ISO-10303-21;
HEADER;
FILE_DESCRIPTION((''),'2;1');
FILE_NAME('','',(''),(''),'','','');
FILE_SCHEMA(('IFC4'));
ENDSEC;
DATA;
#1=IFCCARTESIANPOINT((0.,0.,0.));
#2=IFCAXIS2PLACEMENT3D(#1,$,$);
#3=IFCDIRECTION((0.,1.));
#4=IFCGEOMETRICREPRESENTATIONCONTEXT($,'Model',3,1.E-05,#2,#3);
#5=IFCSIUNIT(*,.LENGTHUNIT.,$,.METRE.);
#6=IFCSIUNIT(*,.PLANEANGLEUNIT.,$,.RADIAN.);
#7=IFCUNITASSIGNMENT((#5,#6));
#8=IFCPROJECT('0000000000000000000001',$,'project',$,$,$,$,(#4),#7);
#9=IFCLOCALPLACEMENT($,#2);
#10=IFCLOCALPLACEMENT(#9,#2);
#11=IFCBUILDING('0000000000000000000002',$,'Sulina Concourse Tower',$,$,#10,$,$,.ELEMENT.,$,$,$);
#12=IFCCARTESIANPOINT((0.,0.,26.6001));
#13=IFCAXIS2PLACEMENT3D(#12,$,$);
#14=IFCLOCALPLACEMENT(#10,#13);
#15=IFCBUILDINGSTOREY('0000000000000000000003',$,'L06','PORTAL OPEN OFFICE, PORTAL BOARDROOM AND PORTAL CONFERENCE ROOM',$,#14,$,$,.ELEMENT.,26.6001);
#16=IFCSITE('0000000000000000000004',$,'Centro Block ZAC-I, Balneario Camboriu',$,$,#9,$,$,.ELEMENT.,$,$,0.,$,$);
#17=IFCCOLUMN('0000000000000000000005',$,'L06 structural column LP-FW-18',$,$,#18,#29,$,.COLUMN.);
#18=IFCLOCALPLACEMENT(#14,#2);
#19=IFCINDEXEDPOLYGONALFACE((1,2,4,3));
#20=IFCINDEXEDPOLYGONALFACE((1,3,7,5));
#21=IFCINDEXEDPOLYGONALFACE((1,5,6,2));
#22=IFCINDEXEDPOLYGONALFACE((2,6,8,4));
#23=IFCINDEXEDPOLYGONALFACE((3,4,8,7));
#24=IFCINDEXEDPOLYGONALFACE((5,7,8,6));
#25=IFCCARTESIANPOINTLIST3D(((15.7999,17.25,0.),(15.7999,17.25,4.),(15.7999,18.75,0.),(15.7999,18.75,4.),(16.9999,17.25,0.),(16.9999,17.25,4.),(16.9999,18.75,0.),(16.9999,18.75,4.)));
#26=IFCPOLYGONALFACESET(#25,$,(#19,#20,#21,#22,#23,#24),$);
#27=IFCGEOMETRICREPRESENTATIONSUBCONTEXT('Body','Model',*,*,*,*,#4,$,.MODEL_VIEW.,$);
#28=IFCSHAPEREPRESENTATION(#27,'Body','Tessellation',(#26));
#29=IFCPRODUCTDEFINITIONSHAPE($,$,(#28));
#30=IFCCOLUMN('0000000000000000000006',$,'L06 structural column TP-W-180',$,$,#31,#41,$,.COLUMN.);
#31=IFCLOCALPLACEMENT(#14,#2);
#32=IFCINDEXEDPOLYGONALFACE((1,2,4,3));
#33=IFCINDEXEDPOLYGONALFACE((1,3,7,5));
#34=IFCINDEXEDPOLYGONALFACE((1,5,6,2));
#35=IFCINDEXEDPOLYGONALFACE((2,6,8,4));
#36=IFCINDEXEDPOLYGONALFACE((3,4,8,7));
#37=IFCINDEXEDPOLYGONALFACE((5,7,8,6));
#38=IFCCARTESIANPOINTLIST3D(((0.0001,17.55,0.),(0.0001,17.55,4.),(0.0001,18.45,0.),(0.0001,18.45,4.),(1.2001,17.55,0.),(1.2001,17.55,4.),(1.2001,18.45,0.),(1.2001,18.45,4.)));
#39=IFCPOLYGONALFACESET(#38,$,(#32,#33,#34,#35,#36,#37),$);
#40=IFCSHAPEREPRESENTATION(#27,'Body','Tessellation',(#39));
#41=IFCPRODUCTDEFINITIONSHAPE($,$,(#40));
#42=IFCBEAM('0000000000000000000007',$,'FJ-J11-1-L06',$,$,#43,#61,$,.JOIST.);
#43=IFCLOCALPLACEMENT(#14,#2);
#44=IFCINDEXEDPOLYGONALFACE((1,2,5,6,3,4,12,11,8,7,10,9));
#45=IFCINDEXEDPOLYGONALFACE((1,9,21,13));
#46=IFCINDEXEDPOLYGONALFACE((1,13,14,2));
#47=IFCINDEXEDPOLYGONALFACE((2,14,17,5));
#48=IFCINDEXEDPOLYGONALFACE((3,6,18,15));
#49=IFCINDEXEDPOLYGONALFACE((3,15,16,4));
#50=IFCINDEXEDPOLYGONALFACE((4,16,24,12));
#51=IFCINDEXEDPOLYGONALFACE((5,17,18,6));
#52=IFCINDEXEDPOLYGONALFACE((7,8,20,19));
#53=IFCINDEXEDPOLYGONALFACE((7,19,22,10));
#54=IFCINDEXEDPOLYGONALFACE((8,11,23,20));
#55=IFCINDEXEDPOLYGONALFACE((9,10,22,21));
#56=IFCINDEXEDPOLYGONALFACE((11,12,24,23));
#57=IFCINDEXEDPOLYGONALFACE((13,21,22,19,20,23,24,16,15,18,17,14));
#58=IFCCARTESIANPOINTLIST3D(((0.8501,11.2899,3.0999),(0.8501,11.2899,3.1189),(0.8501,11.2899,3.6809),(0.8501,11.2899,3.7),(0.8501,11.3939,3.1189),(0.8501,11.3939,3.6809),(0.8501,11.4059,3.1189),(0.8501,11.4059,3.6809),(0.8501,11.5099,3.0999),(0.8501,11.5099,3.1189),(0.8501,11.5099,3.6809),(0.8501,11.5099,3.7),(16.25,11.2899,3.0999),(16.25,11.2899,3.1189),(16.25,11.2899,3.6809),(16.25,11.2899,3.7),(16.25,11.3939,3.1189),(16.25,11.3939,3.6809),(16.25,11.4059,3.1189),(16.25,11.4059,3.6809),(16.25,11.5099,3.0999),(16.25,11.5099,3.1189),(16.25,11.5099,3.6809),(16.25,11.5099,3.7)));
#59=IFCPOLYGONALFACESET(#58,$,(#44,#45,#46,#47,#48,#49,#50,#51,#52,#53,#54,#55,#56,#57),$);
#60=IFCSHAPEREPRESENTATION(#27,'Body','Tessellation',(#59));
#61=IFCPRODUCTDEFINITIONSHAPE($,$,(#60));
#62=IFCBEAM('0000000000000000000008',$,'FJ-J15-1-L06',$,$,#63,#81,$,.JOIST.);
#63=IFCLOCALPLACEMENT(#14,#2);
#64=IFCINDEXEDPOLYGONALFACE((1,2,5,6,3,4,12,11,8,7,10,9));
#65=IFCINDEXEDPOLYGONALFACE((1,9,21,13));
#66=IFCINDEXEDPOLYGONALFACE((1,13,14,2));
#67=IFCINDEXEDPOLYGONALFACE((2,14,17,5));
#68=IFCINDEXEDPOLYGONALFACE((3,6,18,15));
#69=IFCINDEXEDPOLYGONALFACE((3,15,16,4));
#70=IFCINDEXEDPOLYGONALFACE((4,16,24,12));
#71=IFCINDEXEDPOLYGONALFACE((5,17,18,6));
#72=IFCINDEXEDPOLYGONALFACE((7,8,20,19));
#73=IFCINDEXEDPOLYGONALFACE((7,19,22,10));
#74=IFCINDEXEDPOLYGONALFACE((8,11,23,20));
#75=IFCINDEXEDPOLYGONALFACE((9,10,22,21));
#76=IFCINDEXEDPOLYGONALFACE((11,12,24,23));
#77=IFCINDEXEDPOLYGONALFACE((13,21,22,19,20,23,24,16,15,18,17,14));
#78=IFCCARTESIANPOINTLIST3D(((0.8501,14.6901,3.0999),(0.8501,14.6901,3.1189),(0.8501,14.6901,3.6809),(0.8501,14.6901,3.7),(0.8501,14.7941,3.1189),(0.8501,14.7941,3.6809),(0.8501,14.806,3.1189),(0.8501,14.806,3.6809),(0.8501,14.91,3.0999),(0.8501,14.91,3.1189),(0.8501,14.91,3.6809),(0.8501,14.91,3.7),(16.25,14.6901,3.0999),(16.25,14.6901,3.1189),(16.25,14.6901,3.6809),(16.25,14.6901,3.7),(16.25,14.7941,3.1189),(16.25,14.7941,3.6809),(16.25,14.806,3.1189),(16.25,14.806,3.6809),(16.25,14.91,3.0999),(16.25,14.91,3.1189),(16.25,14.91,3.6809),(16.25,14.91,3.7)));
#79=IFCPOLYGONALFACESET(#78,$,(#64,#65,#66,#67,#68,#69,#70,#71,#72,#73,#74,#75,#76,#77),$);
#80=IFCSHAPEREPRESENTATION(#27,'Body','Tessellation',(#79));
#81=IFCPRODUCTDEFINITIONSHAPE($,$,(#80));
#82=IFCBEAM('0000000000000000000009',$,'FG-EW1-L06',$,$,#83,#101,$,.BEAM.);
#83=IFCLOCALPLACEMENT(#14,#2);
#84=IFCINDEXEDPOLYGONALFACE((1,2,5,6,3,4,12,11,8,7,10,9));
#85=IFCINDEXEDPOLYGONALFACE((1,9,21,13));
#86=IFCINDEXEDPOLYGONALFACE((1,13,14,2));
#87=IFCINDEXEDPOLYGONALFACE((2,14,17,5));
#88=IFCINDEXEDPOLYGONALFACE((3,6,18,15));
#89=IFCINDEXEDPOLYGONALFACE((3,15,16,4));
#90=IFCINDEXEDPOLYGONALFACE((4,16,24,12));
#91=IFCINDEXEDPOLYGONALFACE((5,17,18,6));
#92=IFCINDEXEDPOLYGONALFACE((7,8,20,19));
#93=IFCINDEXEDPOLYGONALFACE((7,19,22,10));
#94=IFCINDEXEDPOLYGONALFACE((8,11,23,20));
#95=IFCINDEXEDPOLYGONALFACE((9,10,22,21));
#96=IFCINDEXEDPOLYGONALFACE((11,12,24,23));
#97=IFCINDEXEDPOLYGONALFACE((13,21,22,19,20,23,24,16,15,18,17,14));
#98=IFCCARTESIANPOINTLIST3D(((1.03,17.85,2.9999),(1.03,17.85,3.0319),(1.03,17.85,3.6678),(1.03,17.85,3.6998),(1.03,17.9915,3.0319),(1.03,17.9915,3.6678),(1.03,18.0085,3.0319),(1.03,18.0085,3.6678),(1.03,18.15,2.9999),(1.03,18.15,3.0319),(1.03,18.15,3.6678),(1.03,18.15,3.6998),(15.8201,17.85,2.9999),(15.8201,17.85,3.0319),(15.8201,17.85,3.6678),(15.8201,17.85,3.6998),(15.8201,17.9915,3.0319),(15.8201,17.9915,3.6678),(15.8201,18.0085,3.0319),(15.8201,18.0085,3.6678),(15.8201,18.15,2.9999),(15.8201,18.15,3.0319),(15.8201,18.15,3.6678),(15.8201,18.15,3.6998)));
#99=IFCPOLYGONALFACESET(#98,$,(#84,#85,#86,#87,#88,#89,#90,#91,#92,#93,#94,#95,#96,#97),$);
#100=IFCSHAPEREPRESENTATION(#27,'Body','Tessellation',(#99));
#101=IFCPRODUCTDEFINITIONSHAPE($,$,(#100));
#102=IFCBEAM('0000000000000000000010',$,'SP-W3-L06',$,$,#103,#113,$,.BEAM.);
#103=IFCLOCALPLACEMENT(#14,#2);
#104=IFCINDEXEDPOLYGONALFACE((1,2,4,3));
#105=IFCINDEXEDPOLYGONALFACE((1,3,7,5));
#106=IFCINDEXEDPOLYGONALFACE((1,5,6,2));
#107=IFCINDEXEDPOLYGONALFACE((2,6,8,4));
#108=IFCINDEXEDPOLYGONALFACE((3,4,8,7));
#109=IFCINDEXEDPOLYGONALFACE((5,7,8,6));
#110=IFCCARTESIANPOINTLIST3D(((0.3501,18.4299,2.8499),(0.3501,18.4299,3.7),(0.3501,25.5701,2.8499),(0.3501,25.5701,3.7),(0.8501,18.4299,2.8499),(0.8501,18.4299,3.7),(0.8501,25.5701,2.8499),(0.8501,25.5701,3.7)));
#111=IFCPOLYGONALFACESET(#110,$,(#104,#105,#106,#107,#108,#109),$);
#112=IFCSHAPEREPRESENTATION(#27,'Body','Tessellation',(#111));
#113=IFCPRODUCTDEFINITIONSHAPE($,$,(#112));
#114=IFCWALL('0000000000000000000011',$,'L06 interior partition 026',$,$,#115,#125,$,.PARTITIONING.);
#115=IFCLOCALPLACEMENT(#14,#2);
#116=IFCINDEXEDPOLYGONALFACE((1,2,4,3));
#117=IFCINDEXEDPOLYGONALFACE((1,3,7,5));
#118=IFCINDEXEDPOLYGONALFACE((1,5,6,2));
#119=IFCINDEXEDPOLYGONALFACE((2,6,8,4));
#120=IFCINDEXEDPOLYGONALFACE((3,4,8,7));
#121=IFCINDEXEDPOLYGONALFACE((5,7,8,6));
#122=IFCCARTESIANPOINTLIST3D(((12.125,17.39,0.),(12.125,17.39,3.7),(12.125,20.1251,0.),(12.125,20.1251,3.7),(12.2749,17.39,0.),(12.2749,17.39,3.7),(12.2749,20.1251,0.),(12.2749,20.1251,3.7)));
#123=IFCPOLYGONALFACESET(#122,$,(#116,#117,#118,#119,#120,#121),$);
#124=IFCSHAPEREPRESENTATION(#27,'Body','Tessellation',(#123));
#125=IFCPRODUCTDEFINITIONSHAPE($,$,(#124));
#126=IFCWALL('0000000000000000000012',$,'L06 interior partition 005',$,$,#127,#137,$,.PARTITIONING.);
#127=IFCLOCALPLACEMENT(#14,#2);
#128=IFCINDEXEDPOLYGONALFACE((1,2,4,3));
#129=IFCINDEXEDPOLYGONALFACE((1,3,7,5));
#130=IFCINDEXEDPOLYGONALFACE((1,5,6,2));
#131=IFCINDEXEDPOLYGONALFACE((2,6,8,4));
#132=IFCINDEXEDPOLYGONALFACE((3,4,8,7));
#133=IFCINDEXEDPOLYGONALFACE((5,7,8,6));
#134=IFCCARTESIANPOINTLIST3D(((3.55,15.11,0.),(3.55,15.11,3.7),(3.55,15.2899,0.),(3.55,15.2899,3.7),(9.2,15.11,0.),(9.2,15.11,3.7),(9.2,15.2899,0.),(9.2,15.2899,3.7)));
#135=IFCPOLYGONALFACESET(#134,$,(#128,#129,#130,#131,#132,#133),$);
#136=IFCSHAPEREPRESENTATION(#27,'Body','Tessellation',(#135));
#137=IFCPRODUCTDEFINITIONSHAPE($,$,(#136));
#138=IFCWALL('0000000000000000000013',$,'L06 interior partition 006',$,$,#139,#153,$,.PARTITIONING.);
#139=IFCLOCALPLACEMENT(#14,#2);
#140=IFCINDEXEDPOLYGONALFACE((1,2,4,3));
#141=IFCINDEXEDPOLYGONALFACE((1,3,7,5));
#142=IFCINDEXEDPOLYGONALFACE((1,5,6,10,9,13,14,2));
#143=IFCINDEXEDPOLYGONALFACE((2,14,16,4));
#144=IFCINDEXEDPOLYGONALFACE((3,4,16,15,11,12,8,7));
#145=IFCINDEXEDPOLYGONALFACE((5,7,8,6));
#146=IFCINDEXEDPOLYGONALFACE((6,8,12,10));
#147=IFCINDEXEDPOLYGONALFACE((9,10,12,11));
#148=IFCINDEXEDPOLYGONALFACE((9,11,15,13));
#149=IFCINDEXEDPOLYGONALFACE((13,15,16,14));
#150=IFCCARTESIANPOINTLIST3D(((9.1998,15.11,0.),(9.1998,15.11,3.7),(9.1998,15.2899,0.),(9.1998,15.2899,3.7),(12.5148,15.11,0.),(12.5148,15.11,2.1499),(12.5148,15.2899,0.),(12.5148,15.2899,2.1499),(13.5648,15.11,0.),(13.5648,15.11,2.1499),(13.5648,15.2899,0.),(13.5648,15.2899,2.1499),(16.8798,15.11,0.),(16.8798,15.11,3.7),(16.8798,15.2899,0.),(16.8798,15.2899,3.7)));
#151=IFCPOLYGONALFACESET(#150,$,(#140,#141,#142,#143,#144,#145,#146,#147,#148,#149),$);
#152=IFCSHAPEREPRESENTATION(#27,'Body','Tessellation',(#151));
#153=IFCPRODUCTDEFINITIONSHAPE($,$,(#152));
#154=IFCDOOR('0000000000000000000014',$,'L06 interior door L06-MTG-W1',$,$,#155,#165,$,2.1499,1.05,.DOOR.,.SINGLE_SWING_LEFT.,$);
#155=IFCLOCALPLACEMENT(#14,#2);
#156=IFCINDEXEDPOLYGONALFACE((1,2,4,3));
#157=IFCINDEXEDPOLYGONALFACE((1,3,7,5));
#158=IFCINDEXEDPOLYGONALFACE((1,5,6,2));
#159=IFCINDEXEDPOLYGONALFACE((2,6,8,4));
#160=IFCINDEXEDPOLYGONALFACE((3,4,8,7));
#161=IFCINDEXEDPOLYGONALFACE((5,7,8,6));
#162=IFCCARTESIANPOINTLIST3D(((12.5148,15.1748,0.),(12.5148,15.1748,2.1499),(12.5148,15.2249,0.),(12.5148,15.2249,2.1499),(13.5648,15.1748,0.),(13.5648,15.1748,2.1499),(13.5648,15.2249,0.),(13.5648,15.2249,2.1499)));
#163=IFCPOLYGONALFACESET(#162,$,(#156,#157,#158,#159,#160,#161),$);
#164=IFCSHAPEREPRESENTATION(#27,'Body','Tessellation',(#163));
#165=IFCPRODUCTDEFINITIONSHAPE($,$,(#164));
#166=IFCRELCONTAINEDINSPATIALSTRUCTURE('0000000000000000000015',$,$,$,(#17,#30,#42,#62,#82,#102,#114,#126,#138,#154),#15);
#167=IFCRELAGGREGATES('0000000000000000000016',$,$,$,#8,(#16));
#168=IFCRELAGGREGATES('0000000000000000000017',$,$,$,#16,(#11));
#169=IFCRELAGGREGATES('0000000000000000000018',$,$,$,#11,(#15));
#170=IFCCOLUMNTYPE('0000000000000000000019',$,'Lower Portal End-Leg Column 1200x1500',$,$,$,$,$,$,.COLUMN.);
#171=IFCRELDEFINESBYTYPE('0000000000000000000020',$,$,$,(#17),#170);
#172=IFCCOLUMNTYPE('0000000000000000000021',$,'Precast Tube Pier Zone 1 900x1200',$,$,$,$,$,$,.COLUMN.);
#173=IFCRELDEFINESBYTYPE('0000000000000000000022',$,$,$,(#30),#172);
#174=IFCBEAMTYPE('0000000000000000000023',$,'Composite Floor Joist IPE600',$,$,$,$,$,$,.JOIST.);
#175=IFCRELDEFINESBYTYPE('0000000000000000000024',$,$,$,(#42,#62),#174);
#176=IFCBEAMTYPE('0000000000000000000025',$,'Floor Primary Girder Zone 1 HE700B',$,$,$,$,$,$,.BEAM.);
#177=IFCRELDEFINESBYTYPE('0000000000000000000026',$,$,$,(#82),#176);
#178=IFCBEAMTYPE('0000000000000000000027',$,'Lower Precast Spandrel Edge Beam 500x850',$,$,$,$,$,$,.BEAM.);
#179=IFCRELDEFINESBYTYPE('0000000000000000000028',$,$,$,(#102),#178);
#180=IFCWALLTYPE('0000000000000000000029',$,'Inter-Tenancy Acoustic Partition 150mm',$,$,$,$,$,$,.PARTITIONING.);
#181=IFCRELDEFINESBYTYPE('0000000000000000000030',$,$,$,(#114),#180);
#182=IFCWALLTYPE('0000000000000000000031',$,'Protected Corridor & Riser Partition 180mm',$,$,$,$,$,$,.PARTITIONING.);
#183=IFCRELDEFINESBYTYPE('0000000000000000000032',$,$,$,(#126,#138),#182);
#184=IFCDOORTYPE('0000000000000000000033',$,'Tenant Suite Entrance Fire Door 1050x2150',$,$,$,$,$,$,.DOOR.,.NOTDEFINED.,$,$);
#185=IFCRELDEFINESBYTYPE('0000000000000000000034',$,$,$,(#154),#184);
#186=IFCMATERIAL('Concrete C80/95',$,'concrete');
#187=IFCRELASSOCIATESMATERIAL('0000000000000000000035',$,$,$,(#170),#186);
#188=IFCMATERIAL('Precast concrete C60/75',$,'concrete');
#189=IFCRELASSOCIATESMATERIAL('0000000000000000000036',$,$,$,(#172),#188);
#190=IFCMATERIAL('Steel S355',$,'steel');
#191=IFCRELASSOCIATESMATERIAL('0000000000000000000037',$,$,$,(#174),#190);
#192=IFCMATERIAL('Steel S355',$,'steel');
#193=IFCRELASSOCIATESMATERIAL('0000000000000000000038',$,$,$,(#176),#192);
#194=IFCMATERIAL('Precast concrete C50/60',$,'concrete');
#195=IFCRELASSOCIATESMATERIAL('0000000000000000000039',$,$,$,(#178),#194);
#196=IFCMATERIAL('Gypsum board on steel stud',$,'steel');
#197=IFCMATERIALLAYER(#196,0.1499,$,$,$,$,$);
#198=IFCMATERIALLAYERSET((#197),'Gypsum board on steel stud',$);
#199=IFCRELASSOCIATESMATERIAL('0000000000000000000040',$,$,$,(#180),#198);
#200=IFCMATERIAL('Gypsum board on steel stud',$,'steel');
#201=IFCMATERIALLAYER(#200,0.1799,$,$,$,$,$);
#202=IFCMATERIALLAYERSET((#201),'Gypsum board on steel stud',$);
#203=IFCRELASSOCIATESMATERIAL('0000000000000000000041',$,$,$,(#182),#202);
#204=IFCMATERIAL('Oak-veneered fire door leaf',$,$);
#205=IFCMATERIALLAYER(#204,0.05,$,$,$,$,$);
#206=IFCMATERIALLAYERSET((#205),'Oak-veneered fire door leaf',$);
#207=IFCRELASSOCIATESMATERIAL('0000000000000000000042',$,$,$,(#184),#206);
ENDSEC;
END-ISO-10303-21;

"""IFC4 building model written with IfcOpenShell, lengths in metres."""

from ifc_helpers import new_model, si_unit, direction, frame, frame_2d, origin, origin_2d, place, context, subcontext, project, spatial, rectangle, i_section, extrude, material, layer, layer_set, material_profile, profile_set, type_object, element, fill, save


model = new_model("IFC4")

# Units and contexts
model_context = context("Model", 3, precision=1e-05, world=origin(), true_north=direction((0.0, 1.0)))
body_context = subcontext(model_context, "Body", "Model", "MODEL_VIEW")
ifc_project = project(units=[si_unit("LENGTHUNIT", "METRE"), si_unit("PLANEANGLEUNIT", "RADIAN")], contexts=[model_context])

# Site, building, storey
site_placement = place(None, origin())
site = spatial("IfcSite", under=ifc_project, at=site_placement, Name="Centro Block ZAC-I, Balneario Camboriu", CompositionType="ELEMENT", RefElevation=0.0)
building_placement = place(site_placement, origin())
building = spatial("IfcBuilding", under=site, at=building_placement, Name="Sulina Concourse Tower", CompositionType="ELEMENT")
storey_placement = place(building_placement, frame((0.0, 0.0, 26.6001)))
storey = spatial("IfcBuildingStorey", under=building, at=storey_placement, Name="L06", Description="PORTAL OPEN OFFICE, PORTAL BOARDROOM AND PORTAL CONFERENCE ROOM", CompositionType="ELEMENT", Elevation=26.6001)

# Columns
ifc_material_1 = material(Name="Concrete C80/95", Category="concrete")
ifc_material_profile_1 = material_profile(ifc_material_1, rectangle(XDim=1.2, YDim=1.5, at=origin_2d()), Name="RC 1200x1500")
ifc_profile_set_1 = profile_set([ifc_material_profile_1], Name="Concrete C80/95")
column_type_1 = type_object("IfcColumnType", Name="Lower Portal End-Leg Column 1200x1500", PredefinedType="COLUMN", material=ifc_profile_set_1)
column_1_placement = place(storey_placement, frame((16.3999, 18.0, 0.0), z_axis=(0.0, 0.0, 1.0), x_axis=(1.0, 0.0, 0.0)))
element("IfcColumn", 1, at=column_1_placement, inside=storey, type_object=column_type_1, Name="L06 structural column LP-FW-18", PredefinedType="COLUMN", context=body_context, shape_type="SweptSolid", body=[
    extrude(rectangle(XDim=1.2, YDim=1.5, at=origin_2d()), origin(), (0.0, 0.0, 1.0), 4.0),
])
ifc_material_2 = material(Name="Precast concrete C60/75", Category="concrete")
ifc_material_profile_2 = material_profile(ifc_material_2, rectangle(XDim=0.8999, YDim=1.2, at=origin_2d()), Name="PC 900x1200")
ifc_profile_set_2 = profile_set([ifc_material_profile_2], Name="Precast concrete C60/75")
column_type_2 = type_object("IfcColumnType", Name="Precast Tube Pier Zone 1 900x1200", PredefinedType="COLUMN", material=ifc_profile_set_2)
column_2_placement = place(storey_placement, frame((0.6001, 18.0, 0.0), z_axis=(0.0, 0.0, 1.0), x_axis=(0.0, 1.0, 0.0)))
element("IfcColumn", 2, at=column_2_placement, inside=storey, type_object=column_type_2, Name="L06 structural column TP-W-180", PredefinedType="COLUMN", context=body_context, shape_type="SweptSolid", body=[
    extrude(rectangle(XDim=0.8999, YDim=1.2, at=origin_2d()), origin(), (0.0, 0.0, 1.0), 4.0),
])

# Beams
ifc_material_3 = material(Name="Steel S355", Category="steel")
ifc_material_profile_3 = material_profile(ifc_material_3, i_section(OverallWidth=0.22, OverallDepth=0.6001, WebThickness=0.012, FlangeThickness=0.019, at=origin_2d()), Name="IPE 600")
ifc_profile_set_3 = profile_set([ifc_material_profile_3], Name="Steel S355")
beam_type_1 = type_object("IfcBeamType", Name="Composite Floor Joist IPE600", PredefinedType="JOIST", material=ifc_profile_set_3)
for number, where, z_axis, x_axis, name in (
    (3, (0.8501, 11.3999, 3.3999), (1.0, 0.0, 0.0), (0.0, 1.0, 0.0), "FJ-J11-1-L06"),
    (4, (0.8501, 14.8, 3.3999), (1.0, 0.0, 0.0), (0.0, 1.0, 0.0), "FJ-J15-1-L06"),
):
    element("IfcBeam", number, at=place(storey_placement, frame(where, z_axis=z_axis, x_axis=x_axis)), inside=storey, type_object=beam_type_1, Name=name, PredefinedType="JOIST", context=body_context, shape_type="SweptSolid", body=[
        extrude(i_section(OverallWidth=0.22, OverallDepth=0.6001, WebThickness=0.012, FlangeThickness=0.019, at=origin_2d()), origin(), (0.0, 0.0, 1.0), 15.3999),
    ])
ifc_material_4 = material(Name="Steel S355", Category="steel")
ifc_material_profile_4 = material_profile(ifc_material_4, i_section(OverallWidth=0.3, OverallDepth=0.7, WebThickness=0.0171, FlangeThickness=0.032, at=origin_2d()), Name="HE 700 B")
ifc_profile_set_4 = profile_set([ifc_material_profile_4], Name="Steel S355")
beam_type_2 = type_object("IfcBeamType", Name="Floor Primary Girder Zone 1 HE700B", PredefinedType="BEAM", material=ifc_profile_set_4)
beam_1_placement = place(storey_placement, frame((1.03, 18.0, 3.3499), z_axis=(1.0, 0.0, 0.0), x_axis=(0.0, 1.0, 0.0)))
element("IfcBeam", 5, at=beam_1_placement, inside=storey, type_object=beam_type_2, Name="FG-EW1-L06", PredefinedType="BEAM", context=body_context, shape_type="SweptSolid", body=[
    extrude(i_section(OverallWidth=0.3, OverallDepth=0.7, WebThickness=0.0171, FlangeThickness=0.032, at=origin_2d()), origin(), (0.0, 0.0, 1.0), 14.79),
])
ifc_material_5 = material(Name="Precast concrete C50/60", Category="concrete")
ifc_material_profile_5 = material_profile(ifc_material_5, rectangle(XDim=0.5, YDim=0.8501, at=origin_2d()), Name="RC 500x850")
ifc_profile_set_5 = profile_set([ifc_material_profile_5], Name="Precast concrete C50/60")
beam_type_3 = type_object("IfcBeamType", Name="Lower Precast Spandrel Edge Beam 500x850", PredefinedType="BEAM", material=ifc_profile_set_5)
beam_2_placement = place(storey_placement, frame((0.6001, 18.4299, 3.2749), z_axis=(0.0, 1.0, 0.0), x_axis=(-1.0, 0.0, 0.0)))
element("IfcBeam", 6, at=beam_2_placement, inside=storey, type_object=beam_type_3, Name="SP-W3-L06", PredefinedType="BEAM", context=body_context, shape_type="SweptSolid", body=[
    extrude(rectangle(XDim=0.5, YDim=0.8501, at=origin_2d()), origin(), (0.0, 0.0, 1.0), 7.1401),
])

# Wall
ifc_material_6 = material(Name="Gypsum board on steel stud", Category="steel")
ifc_layer_1 = layer(ifc_material_6, 0.1499)
ifc_layer_set_1 = layer_set([ifc_layer_1], Name="Gypsum board on steel stud")
wall_type_1 = type_object("IfcWallType", Name="Inter-Tenancy Acoustic Partition 150mm", PredefinedType="PARTITIONING", material=ifc_layer_set_1)
wall_1_placement = place(storey_placement, frame((12.2, 17.3899, 0.0), z_axis=(0.0, 0.0, 1.0), x_axis=(0.0, 1.0, 0.0)))
element("IfcWall", 7, at=wall_1_placement, inside=storey, type_object=wall_type_1, Name="L06 interior partition 026", PredefinedType="PARTITIONING", context=body_context, shape_type="SweptSolid", body=[
    extrude(rectangle(XDim=2.7351, YDim=0.1499, at=frame_2d((1.3677, 0.0))), origin(), (0.0, 0.0, 1.0), 3.7),
])

# Shared definitions
ifc_material_7 = material(Name="Gypsum board on steel stud", Category="steel")
ifc_layer_2 = layer(ifc_material_7, 0.1799)
ifc_layer_set_2 = layer_set([ifc_layer_2], Name="Gypsum board on steel stud")
wall_type_2 = type_object("IfcWallType", Name="Protected Corridor & Riser Partition 180mm", PredefinedType="PARTITIONING", material=ifc_layer_set_2)
ifc_material_8 = material(Name="Oak-veneered fire door leaf")
ifc_layer_3 = layer(ifc_material_8, 0.05)
ifc_layer_set_3 = layer_set([ifc_layer_3], Name="Oak-veneered fire door leaf")
door_type_1 = type_object("IfcDoorType", Name="Tenant Suite Entrance Fire Door 1050x2150", OperationType="NOTDEFINED", PredefinedType="DOOR", material=ifc_layer_set_3)

# Wall
wall_2_placement = place(storey_placement, frame((3.55, 15.2, 0.0), z_axis=(0.0, 0.0, 1.0), x_axis=(1.0, 0.0, 0.0)))
element("IfcWall", 8, at=wall_2_placement, inside=storey, type_object=wall_type_2, Name="L06 interior partition 005", PredefinedType="PARTITIONING", context=body_context, shape_type="SweptSolid", body=[
    extrude(rectangle(XDim=5.6499, YDim=0.1799, at=frame_2d((2.825, 0.0))), origin(), (0.0, 0.0, 1.0), 3.7),
])

# Wall, opening, door
wall_3_placement = place(storey_placement, frame((9.2, 15.2, 0.0), z_axis=(0.0, 0.0, 1.0), x_axis=(1.0, 0.0, 0.0)))
wall_3 = element("IfcWall", 9, at=wall_3_placement, inside=storey, type_object=wall_type_2, Name="L06 interior partition 006", PredefinedType="PARTITIONING", context=body_context, shape_type="SweptSolid", body=[
    extrude(rectangle(XDim=7.6799, YDim=0.1799, at=frame_2d((3.8398, 0.0))), origin(), (0.0, 0.0, 1.0), 3.7),
])
opening_1_placement = place(wall_3_placement, frame((3.3149, 0.0, 0.0)))
opening_1 = element("IfcOpeningElement", 10, at=opening_1_placement, cuts=wall_3, PredefinedType="OPENING", context=body_context, shape_type="SweptSolid", body=[
    extrude(rectangle(XDim=1.05, YDim=2.1499, at=frame_2d((0.5249, 1.075))), frame((0.0, 0.0999, 0.0), z_axis=(0.0, -1.0, 0.0), x_axis=(1.0, 0.0, 0.0)), (0.0, 0.0, 1.0), 0.2),
])
door_1_placement = place(opening_1_placement, origin())
door_1 = element("IfcDoor", 11, at=door_1_placement, inside=storey, type_object=door_type_1, Name="L06 interior door L06-MTG-W1", OperationType="SINGLE_SWING_LEFT", OverallHeight=2.1499, OverallWidth=1.05, PredefinedType="DOOR", context=body_context, shape_type="SweptSolid", body=[
    extrude(rectangle(XDim=1.05, YDim=2.1499, at=frame_2d((0.5249, 1.075))), frame((0.0, 0.0249, 0.0), z_axis=(0.0, -1.0, 0.0), x_axis=(1.0, 0.0, 0.0)), (0.0, 0.0, 1.0), 0.05),
])
fill(opening_1, door_1)

save(model, "model.ifc")
